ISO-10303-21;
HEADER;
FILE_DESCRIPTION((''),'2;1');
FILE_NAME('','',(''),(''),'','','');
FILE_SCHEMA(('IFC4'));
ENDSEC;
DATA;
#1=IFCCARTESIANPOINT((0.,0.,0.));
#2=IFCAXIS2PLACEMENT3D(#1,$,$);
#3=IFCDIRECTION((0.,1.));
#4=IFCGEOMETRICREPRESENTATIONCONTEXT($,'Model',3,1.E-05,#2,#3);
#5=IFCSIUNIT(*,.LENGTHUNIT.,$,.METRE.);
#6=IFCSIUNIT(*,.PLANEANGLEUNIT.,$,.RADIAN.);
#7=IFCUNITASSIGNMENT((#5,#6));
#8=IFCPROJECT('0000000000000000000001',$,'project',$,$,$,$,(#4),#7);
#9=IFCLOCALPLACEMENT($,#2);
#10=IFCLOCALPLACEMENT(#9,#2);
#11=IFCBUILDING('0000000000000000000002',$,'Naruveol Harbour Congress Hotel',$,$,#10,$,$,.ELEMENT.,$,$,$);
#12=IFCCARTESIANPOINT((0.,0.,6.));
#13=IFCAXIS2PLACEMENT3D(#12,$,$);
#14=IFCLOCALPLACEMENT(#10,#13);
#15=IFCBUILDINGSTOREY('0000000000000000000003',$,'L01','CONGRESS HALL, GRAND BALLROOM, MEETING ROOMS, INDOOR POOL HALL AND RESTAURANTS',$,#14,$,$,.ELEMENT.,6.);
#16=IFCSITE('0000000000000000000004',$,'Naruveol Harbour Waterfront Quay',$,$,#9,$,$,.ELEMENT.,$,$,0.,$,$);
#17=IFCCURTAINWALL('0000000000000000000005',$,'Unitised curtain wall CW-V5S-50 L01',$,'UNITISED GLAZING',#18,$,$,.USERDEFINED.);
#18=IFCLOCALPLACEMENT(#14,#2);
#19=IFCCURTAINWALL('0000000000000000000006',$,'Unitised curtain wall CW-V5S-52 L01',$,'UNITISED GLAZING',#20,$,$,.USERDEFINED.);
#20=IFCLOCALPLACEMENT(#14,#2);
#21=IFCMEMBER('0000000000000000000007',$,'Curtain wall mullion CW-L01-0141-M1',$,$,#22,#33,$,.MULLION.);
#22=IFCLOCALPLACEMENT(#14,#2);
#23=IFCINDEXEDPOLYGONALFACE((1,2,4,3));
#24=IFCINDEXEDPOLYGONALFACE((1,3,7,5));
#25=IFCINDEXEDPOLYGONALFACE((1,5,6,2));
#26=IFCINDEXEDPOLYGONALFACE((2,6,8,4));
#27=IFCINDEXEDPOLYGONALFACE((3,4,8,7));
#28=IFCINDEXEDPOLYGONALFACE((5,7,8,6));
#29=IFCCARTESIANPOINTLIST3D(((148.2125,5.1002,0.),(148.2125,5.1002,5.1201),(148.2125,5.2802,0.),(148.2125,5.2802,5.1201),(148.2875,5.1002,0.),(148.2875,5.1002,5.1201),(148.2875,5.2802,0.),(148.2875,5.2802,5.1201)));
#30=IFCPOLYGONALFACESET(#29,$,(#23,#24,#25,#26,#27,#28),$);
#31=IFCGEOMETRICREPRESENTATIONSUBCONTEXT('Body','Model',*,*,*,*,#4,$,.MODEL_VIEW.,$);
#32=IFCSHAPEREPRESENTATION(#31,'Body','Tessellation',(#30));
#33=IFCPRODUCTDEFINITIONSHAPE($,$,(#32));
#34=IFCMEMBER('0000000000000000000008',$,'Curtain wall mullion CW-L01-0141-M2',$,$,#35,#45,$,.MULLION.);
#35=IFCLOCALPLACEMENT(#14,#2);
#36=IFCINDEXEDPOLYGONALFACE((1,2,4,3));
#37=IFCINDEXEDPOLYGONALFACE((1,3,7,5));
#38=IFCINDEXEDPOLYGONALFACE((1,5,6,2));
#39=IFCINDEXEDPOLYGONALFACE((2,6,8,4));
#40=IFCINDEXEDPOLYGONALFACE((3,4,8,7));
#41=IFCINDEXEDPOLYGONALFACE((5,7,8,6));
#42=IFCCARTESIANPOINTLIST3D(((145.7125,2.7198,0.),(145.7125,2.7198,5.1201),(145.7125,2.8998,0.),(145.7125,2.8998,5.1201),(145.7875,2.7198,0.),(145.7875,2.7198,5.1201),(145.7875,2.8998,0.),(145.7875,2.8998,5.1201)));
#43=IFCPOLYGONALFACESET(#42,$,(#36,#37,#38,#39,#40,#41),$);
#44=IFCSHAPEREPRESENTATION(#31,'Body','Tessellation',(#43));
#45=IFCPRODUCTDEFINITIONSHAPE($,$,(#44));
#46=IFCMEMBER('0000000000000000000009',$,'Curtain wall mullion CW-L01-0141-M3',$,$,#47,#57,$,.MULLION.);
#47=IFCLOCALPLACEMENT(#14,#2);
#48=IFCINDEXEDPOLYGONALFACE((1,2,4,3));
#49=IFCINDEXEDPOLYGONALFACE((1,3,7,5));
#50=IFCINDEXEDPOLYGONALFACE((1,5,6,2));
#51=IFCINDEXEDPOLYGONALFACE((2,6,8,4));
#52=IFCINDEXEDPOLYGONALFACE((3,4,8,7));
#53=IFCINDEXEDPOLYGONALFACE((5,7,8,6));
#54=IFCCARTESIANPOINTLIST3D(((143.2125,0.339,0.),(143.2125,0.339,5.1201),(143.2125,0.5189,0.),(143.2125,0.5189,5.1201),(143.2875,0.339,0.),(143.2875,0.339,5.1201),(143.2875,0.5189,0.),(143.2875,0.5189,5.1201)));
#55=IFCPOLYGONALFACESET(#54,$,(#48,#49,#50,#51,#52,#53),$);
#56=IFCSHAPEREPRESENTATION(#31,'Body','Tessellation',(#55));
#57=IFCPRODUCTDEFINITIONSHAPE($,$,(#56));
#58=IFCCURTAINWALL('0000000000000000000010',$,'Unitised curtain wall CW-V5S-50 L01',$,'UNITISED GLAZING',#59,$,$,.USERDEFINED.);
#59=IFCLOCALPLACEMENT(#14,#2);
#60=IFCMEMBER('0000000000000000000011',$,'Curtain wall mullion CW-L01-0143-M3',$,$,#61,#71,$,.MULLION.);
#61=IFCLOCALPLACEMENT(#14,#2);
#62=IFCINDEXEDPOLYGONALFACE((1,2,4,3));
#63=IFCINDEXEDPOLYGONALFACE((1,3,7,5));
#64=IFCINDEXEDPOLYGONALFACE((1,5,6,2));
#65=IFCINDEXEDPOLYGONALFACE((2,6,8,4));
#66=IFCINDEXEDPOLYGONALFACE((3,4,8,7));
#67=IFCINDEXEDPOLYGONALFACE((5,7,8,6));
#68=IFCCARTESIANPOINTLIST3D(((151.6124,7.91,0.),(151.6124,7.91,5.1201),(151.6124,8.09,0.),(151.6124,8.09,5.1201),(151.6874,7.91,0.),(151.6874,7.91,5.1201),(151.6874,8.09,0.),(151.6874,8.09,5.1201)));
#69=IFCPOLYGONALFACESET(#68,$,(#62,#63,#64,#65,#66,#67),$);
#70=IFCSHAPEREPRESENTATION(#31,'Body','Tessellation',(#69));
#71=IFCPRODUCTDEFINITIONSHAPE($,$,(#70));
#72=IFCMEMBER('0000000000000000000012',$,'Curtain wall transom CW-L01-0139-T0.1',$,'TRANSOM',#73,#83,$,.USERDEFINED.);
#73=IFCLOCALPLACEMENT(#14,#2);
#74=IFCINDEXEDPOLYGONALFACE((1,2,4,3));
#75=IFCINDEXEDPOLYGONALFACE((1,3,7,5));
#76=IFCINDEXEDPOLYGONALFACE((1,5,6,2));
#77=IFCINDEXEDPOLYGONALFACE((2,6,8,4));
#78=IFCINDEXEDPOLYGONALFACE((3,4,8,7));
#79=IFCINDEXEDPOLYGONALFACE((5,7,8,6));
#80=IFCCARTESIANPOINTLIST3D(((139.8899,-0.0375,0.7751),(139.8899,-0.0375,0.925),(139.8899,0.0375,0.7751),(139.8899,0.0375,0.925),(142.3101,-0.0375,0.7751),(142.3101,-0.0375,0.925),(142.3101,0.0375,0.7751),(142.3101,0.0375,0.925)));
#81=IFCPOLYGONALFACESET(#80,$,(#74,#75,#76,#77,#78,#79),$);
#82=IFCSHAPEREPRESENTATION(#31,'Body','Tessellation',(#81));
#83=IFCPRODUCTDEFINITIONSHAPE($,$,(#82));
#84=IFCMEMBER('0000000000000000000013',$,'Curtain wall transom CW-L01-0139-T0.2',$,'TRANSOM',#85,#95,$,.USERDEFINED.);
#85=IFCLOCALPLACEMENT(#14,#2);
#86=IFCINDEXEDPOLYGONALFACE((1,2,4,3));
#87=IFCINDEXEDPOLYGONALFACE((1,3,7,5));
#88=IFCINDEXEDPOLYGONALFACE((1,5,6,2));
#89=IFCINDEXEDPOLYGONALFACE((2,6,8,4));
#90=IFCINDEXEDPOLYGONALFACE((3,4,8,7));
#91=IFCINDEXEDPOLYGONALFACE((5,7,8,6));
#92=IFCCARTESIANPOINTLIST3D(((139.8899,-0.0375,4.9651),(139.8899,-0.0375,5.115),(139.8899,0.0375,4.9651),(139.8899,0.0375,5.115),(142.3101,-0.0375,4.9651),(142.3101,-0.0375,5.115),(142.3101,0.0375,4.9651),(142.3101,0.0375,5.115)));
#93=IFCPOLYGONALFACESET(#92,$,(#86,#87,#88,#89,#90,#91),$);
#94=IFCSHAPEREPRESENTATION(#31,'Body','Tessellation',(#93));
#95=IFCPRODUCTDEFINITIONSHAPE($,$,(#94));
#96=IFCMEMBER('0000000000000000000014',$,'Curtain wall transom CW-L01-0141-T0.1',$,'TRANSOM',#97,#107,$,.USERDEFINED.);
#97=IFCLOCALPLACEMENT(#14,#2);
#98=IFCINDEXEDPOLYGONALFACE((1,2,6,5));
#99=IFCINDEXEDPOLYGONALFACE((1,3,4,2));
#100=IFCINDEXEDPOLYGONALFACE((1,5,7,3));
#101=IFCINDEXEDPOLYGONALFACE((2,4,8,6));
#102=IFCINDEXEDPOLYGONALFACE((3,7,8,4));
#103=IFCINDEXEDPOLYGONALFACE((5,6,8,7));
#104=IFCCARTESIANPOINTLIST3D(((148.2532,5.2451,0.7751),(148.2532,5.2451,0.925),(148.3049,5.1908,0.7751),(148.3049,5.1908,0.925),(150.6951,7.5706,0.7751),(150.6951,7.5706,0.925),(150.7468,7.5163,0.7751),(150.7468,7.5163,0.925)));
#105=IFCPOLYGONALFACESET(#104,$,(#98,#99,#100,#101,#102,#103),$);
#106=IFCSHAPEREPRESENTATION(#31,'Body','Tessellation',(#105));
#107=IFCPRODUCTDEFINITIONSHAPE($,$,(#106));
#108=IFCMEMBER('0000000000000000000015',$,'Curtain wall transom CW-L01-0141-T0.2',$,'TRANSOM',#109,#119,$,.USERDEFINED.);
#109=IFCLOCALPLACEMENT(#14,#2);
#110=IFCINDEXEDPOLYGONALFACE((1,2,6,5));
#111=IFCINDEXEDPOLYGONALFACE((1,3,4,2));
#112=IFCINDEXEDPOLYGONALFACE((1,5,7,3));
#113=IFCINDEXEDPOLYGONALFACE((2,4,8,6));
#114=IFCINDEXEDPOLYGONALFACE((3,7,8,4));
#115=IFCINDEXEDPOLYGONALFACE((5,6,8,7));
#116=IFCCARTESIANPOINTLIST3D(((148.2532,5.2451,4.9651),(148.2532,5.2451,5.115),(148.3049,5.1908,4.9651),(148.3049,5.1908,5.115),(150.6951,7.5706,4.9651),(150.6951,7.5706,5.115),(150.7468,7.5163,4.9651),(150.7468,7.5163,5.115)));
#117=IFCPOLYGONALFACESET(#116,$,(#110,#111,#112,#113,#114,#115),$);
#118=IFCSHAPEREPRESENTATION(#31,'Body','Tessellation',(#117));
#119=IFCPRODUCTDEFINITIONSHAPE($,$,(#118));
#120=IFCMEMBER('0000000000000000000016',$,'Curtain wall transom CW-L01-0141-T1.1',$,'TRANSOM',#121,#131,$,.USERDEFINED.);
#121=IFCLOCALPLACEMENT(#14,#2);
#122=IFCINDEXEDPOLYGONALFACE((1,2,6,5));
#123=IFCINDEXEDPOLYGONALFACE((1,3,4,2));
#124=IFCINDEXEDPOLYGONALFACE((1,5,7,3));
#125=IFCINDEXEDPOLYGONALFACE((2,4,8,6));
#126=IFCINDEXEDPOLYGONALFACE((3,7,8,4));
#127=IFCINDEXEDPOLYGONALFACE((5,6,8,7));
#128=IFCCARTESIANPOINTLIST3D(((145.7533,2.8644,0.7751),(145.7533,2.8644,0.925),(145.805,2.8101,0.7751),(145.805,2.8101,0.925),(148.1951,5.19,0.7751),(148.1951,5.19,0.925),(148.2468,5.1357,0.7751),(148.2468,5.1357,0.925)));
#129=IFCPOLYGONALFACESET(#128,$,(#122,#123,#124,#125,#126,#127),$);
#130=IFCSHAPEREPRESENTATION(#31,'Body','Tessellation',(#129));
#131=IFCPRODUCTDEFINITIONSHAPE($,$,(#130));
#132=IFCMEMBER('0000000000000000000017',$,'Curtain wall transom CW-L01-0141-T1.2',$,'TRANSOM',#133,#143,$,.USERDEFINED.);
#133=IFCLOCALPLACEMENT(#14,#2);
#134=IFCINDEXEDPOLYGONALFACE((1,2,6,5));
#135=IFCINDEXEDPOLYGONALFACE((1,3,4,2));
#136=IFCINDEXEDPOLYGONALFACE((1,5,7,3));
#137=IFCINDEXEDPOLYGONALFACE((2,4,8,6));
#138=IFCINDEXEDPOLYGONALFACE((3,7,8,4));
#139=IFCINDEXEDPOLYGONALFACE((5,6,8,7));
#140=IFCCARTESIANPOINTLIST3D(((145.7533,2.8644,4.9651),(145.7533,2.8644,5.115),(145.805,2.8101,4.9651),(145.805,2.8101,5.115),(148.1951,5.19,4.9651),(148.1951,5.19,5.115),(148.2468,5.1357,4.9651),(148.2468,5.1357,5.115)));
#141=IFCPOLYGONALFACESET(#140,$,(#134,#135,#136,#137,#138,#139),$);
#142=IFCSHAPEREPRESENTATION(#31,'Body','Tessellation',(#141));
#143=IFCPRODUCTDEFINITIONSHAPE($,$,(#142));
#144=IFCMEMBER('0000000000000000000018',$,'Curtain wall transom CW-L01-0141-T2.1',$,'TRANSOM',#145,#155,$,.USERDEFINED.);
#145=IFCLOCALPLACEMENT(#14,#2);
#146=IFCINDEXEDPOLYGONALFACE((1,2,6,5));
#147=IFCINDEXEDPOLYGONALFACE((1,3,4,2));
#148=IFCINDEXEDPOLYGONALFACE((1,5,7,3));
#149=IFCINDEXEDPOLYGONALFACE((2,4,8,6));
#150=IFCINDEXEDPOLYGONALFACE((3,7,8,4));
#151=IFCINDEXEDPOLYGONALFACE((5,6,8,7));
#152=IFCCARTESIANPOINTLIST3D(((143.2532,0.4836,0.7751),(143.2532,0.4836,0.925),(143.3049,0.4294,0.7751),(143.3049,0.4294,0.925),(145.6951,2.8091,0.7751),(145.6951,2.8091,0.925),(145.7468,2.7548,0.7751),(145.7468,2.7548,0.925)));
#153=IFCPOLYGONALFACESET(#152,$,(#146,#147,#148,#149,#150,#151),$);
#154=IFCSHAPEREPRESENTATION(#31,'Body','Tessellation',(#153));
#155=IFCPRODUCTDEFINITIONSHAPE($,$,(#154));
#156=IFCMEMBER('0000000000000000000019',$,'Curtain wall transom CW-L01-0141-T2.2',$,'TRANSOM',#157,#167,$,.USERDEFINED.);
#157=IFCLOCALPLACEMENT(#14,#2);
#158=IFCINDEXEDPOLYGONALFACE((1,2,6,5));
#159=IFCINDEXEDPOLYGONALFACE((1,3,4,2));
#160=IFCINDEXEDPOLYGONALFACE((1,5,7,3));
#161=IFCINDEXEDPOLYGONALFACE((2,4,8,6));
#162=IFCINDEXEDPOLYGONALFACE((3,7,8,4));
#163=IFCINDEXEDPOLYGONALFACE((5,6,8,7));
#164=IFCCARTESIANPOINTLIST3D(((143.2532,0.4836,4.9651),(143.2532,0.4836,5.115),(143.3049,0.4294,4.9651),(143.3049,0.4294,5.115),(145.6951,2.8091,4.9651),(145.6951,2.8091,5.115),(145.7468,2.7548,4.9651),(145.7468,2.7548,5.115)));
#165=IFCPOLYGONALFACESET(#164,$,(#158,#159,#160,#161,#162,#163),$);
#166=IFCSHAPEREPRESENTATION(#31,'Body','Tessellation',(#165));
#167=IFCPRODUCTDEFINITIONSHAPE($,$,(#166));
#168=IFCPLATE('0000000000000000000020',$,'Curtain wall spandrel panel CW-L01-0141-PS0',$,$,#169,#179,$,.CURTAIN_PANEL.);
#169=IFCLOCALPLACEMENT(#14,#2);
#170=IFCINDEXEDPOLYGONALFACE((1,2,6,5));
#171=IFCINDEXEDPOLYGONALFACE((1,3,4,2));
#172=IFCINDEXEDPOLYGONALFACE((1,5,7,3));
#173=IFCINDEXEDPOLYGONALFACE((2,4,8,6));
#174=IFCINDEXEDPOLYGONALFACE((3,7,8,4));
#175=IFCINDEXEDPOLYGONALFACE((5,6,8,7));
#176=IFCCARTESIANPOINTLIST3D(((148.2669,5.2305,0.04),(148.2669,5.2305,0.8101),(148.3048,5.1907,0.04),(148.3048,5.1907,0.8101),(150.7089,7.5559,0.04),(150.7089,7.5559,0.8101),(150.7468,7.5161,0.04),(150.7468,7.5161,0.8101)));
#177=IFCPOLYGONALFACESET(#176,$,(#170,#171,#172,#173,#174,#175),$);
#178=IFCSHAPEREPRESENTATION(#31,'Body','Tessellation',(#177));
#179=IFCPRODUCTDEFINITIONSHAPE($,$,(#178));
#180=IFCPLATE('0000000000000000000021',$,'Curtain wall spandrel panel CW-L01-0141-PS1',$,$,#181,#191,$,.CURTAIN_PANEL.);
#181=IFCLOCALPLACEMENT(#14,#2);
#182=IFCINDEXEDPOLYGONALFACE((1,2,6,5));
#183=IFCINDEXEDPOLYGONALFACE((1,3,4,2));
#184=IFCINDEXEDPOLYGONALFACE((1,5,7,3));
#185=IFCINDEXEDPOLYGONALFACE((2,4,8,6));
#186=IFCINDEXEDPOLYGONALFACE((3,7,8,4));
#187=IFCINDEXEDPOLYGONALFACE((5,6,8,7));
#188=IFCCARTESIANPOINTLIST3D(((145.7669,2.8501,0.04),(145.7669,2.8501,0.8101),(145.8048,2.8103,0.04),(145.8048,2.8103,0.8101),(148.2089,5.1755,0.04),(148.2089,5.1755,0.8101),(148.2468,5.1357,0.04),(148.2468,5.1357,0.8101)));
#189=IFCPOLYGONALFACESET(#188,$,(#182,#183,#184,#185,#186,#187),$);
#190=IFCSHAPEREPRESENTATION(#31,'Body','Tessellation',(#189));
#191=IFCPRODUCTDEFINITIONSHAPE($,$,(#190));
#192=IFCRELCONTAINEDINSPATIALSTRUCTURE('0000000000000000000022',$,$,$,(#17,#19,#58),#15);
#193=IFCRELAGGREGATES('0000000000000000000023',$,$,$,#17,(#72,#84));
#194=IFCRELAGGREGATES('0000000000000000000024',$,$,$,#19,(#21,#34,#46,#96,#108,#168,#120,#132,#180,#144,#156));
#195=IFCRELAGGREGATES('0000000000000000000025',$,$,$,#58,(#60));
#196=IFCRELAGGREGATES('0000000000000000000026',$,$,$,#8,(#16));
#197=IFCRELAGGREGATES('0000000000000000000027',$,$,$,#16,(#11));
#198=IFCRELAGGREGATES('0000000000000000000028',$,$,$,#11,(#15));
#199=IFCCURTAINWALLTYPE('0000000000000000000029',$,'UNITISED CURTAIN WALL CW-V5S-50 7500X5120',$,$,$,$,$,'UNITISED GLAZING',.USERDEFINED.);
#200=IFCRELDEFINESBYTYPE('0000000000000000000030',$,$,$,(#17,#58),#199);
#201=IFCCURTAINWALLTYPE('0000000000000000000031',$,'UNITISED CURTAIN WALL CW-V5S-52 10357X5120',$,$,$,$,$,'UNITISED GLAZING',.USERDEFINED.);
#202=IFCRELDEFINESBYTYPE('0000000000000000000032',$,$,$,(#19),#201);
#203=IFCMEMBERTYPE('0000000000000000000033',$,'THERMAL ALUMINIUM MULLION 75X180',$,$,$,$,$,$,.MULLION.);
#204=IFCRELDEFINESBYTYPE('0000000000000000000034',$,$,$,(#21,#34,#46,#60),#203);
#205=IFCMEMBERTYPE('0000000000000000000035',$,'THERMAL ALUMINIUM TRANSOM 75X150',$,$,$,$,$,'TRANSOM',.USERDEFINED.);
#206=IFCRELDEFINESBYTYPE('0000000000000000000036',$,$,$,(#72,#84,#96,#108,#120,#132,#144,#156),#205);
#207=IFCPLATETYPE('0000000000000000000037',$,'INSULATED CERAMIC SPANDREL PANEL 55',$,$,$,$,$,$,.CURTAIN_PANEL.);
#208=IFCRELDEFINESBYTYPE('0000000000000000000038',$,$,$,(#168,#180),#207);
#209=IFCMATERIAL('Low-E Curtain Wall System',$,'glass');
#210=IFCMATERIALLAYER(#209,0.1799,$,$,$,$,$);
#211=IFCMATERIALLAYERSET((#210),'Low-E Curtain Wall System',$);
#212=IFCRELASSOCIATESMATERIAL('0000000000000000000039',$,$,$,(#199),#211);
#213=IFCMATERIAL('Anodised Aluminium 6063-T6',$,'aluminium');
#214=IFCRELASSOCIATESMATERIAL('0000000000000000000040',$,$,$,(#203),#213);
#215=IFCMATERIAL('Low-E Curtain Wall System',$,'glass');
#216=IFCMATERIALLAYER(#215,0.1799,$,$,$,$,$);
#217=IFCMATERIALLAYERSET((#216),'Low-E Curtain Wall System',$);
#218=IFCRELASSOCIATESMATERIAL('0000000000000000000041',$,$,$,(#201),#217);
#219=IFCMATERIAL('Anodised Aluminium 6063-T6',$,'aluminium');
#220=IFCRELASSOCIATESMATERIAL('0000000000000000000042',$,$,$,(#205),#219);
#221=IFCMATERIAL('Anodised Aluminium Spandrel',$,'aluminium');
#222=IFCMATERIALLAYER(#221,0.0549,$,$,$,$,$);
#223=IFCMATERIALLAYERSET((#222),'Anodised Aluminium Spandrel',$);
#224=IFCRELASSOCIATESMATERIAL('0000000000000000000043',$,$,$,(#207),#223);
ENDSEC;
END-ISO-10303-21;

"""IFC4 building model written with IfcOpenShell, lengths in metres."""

from ifc_helpers import new_model, si_unit, direction, frame, origin, origin_2d, place, context, subcontext, project, spatial, rectangle, extrude, material, layer, layer_set, material_profile, profile_set, type_object, element, aggregate, save


model = new_model("IFC4")

# Units and contexts
model_context = context("Model", 3, precision=1e-05, world=origin(), true_north=direction((0.0, 1.0)))
body_context = subcontext(model_context, "Body", "Model", "MODEL_VIEW")
ifc_project = project(units=[si_unit("LENGTHUNIT", "METRE"), si_unit("PLANEANGLEUNIT", "RADIAN")], contexts=[model_context])

# Site, building, storey
site_placement = place(None, origin())
site = spatial("IfcSite", under=ifc_project, at=site_placement, Name="Naruveol Harbour Waterfront Quay", CompositionType="ELEMENT", RefElevation=0.0)
building_placement = place(site_placement, origin())
building = spatial("IfcBuilding", under=site, at=building_placement, Name="Naruveol Harbour Congress Hotel", CompositionType="ELEMENT")
storey_placement = place(building_placement, frame((0.0, 0.0, 6.0)))
storey = spatial("IfcBuildingStorey", under=building, at=storey_placement, Name="L01", Description="CONGRESS HALL, GRAND BALLROOM, MEETING ROOMS, INDOOR POOL HALL AND RESTAURANTS", CompositionType="ELEMENT", Elevation=6.0)

# Curtain wall
ifc_material_1 = material(Name="Low-E Curtain Wall System", Category="glass")
ifc_layer_1 = layer(ifc_material_1, 0.1799)
ifc_layer_set_1 = layer_set([ifc_layer_1], Name="Low-E Curtain Wall System")
curtain_wall_type_1 = type_object("IfcCurtainWallType", Name="UNITISED CURTAIN WALL CW-V5S-50 7500X5120", ElementType="UNITISED GLAZING", PredefinedType="USERDEFINED", material=ifc_layer_set_1)
curtain_wall_1_placement = place(storey_placement, origin())
curtain_wall_1 = element("IfcCurtainWall", 1, at=curtain_wall_1_placement, inside=storey, type_object=curtain_wall_type_1, Name="Unitised curtain wall CW-V5S-50 L01", ObjectType="UNITISED GLAZING", PredefinedType="USERDEFINED")
ifc_material_2 = material(Name="Anodised Aluminium 6063-T6", Category="aluminium")
ifc_material_profile_1 = material_profile(ifc_material_2, rectangle(XDim=0.075, YDim=0.1799, at=origin_2d()), Name="ALU-75x180")
ifc_profile_set_1 = profile_set([ifc_material_profile_1], Name="Anodised Aluminium 6063-T6")
member_type_1 = type_object("IfcMemberType", Name="THERMAL ALUMINIUM MULLION 75X180", PredefinedType="MULLION", material=ifc_profile_set_1)

# Curtain wall, members
ifc_material_3 = material(Name="Low-E Curtain Wall System", Category="glass")
ifc_layer_2 = layer(ifc_material_3, 0.1799)
ifc_layer_set_2 = layer_set([ifc_layer_2], Name="Low-E Curtain Wall System")
curtain_wall_type_2 = type_object("IfcCurtainWallType", Name="UNITISED CURTAIN WALL CW-V5S-52 10357X5120", ElementType="UNITISED GLAZING", PredefinedType="USERDEFINED", material=ifc_layer_set_2)
curtain_wall_2_placement = place(storey_placement, origin())
curtain_wall_2 = element("IfcCurtainWall", 2, at=curtain_wall_2_placement, inside=storey, type_object=curtain_wall_type_2, Name="Unitised curtain wall CW-V5S-52 L01", ObjectType="UNITISED GLAZING", PredefinedType="USERDEFINED")
member_1_placement = place(storey_placement, frame((148.25, 5.1902, 0.0), z_axis=(0.0, 0.0, 1.0), x_axis=(1.0, 0.0, 0.0)))
member_1 = element("IfcMember", 3, at=member_1_placement, type_object=member_type_1, Name="Curtain wall mullion CW-L01-0141-M1", PredefinedType="MULLION", context=body_context, shape_type="SweptSolid", body=[
    extrude(rectangle(XDim=0.075, YDim=0.1799, at=origin_2d()), origin(), (0.0, 0.0, 1.0), 5.1201),
])
member_2_placement = place(storey_placement, frame((145.75, 2.8098, 0.0), z_axis=(0.0, 0.0, 1.0), x_axis=(1.0, 0.0, 0.0)))
member_2 = element("IfcMember", 4, at=member_2_placement, type_object=member_type_1, Name="Curtain wall mullion CW-L01-0141-M2", PredefinedType="MULLION", context=body_context, shape_type="SweptSolid", body=[
    extrude(rectangle(XDim=0.075, YDim=0.1799, at=origin_2d()), origin(), (0.0, 0.0, 1.0), 5.1201),
])
member_3_placement = place(storey_placement, frame((143.25, 0.429, 0.0), z_axis=(0.0, 0.0, 1.0), x_axis=(1.0, 0.0, 0.0)))
member_3 = element("IfcMember", 5, at=member_3_placement, type_object=member_type_1, Name="Curtain wall mullion CW-L01-0141-M3", PredefinedType="MULLION", context=body_context, shape_type="SweptSolid", body=[
    extrude(rectangle(XDim=0.075, YDim=0.1799, at=origin_2d()), origin(), (0.0, 0.0, 1.0), 5.1201),
])

# Curtain wall, member
curtain_wall_3_placement = place(storey_placement, origin())
curtain_wall_3 = element("IfcCurtainWall", 6, at=curtain_wall_3_placement, inside=storey, type_object=curtain_wall_type_1, Name="Unitised curtain wall CW-V5S-50 L01", ObjectType="UNITISED GLAZING", PredefinedType="USERDEFINED")
member_4_placement = place(storey_placement, frame((151.6499, 8.0, 0.0), z_axis=(0.0, 0.0, 1.0), x_axis=(1.0, 0.0, 0.0)))
member_4 = element("IfcMember", 7, at=member_4_placement, type_object=member_type_1, Name="Curtain wall mullion CW-L01-0143-M3", PredefinedType="MULLION", context=body_context, shape_type="SweptSolid", body=[
    extrude(rectangle(XDim=0.075, YDim=0.1799, at=origin_2d()), origin(), (0.0, 0.0, 1.0), 5.1201),
])

# Members
ifc_material_4 = material(Name="Anodised Aluminium 6063-T6", Category="aluminium")
ifc_material_profile_2 = material_profile(ifc_material_4, rectangle(XDim=0.075, YDim=0.1499, at=origin_2d()), Name="ALU-75x150")
ifc_profile_set_2 = profile_set([ifc_material_profile_2], Name="Anodised Aluminium 6063-T6")
member_type_2 = type_object("IfcMemberType", Name="THERMAL ALUMINIUM TRANSOM 75X150", ElementType="TRANSOM", PredefinedType="USERDEFINED", material=ifc_profile_set_2)
member_5_placement = place(storey_placement, frame((142.3101, 0.0, 0.8501), z_axis=(-1.0, 0.0, 0.0), x_axis=(0.0, -1.0, 0.0)))
member_5 = element("IfcMember", 8, at=member_5_placement, type_object=member_type_2, Name="Curtain wall transom CW-L01-0139-T0.1", ObjectType="TRANSOM", PredefinedType="USERDEFINED", context=body_context, shape_type="SweptSolid", body=[
    extrude(rectangle(XDim=0.075, YDim=0.1499, at=origin_2d()), origin(), (0.0, 0.0, 1.0), 2.4202),
])
member_6_placement = place(storey_placement, frame((142.3101, 0.0, 5.04), z_axis=(-1.0, 0.0, 0.0), x_axis=(0.0, -1.0, 0.0)))
member_6 = element("IfcMember", 9, at=member_6_placement, type_object=member_type_2, Name="Curtain wall transom CW-L01-0139-T0.2", ObjectType="TRANSOM", PredefinedType="USERDEFINED", context=body_context, shape_type="SweptSolid", body=[
    extrude(rectangle(XDim=0.075, YDim=0.1499, at=origin_2d()), origin(), (0.0, 0.0, 1.0), 2.4202),
])
member_7_placement = place(storey_placement, frame((150.7209, 7.5435, 0.8501), z_axis=(-0.724164, -0.689628, 0.0), x_axis=(0.689628, -0.724164, 0.0)))
member_7 = element("IfcMember", 10, at=member_7_placement, type_object=member_type_2, Name="Curtain wall transom CW-L01-0141-T0.1", ObjectType="TRANSOM", PredefinedType="USERDEFINED", context=body_context, shape_type="SweptSolid", body=[
    extrude(rectangle(XDim=0.075, YDim=0.1499, at=origin_2d()), origin(), (0.0, 0.0, 1.0), 3.3721),
])
member_8_placement = place(storey_placement, frame((150.7209, 7.5435, 5.04), z_axis=(-0.724164, -0.689628, 0.0), x_axis=(0.689628, -0.724164, 0.0)))
member_8 = element("IfcMember", 11, at=member_8_placement, type_object=member_type_2, Name="Curtain wall transom CW-L01-0141-T0.2", ObjectType="TRANSOM", PredefinedType="USERDEFINED", context=body_context, shape_type="SweptSolid", body=[
    extrude(rectangle(XDim=0.075, YDim=0.1499, at=origin_2d()), origin(), (0.0, 0.0, 1.0), 3.3721),
])
member_9_placement = place(storey_placement, frame((148.2209, 5.1628, 0.8501), z_axis=(-0.724128, -0.689666, 0.0), x_axis=(0.689666, -0.724128, 0.0)))
member_9 = element("IfcMember", 12, at=member_9_placement, type_object=member_type_2, Name="Curtain wall transom CW-L01-0141-T1.1", ObjectType="TRANSOM", PredefinedType="USERDEFINED", context=body_context, shape_type="SweptSolid", body=[
    extrude(rectangle(XDim=0.075, YDim=0.1499, at=origin_2d()), origin(), (0.0, 0.0, 1.0), 3.3721),
])
member_10_placement = place(storey_placement, frame((148.2209, 5.1628, 5.04), z_axis=(-0.724128, -0.689666, 0.0), x_axis=(0.689666, -0.724128, 0.0)))
member_10 = element("IfcMember", 13, at=member_10_placement, type_object=member_type_2, Name="Curtain wall transom CW-L01-0141-T1.2", ObjectType="TRANSOM", PredefinedType="USERDEFINED", context=body_context, shape_type="SweptSolid", body=[
    extrude(rectangle(XDim=0.075, YDim=0.1499, at=origin_2d()), origin(), (0.0, 0.0, 1.0), 3.3721),
])
member_11_placement = place(storey_placement, frame((145.7209, 2.782, 0.8501), z_axis=(-0.724164, -0.689628, 0.0), x_axis=(0.689628, -0.724164, 0.0)))
member_11 = element("IfcMember", 14, at=member_11_placement, type_object=member_type_2, Name="Curtain wall transom CW-L01-0141-T2.1", ObjectType="TRANSOM", PredefinedType="USERDEFINED", context=body_context, shape_type="SweptSolid", body=[
    extrude(rectangle(XDim=0.075, YDim=0.1499, at=origin_2d()), origin(), (0.0, 0.0, 1.0), 3.3721),
])
member_12_placement = place(storey_placement, frame((145.7209, 2.782, 5.04), z_axis=(-0.724164, -0.689628, 0.0), x_axis=(0.689628, -0.724164, 0.0)))
member_12 = element("IfcMember", 15, at=member_12_placement, type_object=member_type_2, Name="Curtain wall transom CW-L01-0141-T2.2", ObjectType="TRANSOM", PredefinedType="USERDEFINED", context=body_context, shape_type="SweptSolid", body=[
    extrude(rectangle(XDim=0.075, YDim=0.1499, at=origin_2d()), origin(), (0.0, 0.0, 1.0), 3.3721),
])

# Plates
ifc_material_5 = material(Name="Anodised Aluminium Spandrel", Category="aluminium")
ifc_layer_3 = layer(ifc_material_5, 0.0549)
ifc_layer_set_3 = layer_set([ifc_layer_3], Name="Anodised Aluminium Spandrel")
plate_type_1 = type_object("IfcPlateType", Name="INSULATED CERAMIC SPANDREL PANEL 55", PredefinedType="CURTAIN_PANEL", material=ifc_layer_set_3)
plate_1_placement = place(storey_placement, frame((149.5068, 6.3733, 0.04), z_axis=(0.0, 0.0, 1.0), x_axis=(-0.724184, -0.689607, 0.0)))
plate_1 = element("IfcPlate", 16, at=plate_1_placement, type_object=plate_type_1, Name="Curtain wall spandrel panel CW-L01-0141-PS0", PredefinedType="CURTAIN_PANEL", context=body_context, shape_type="SweptSolid", body=[
    extrude(rectangle(XDim=3.3721, YDim=0.0549, at=origin_2d()), origin(), (0.0, 0.0, 1.0), 0.77),
])
plate_2_placement = place(storey_placement, frame((147.0068, 3.9929, 0.04), z_axis=(0.0, 0.0, 1.0), x_axis=(-0.724184, -0.689607, 0.0)))
plate_2 = element("IfcPlate", 17, at=plate_2_placement, type_object=plate_type_1, Name="Curtain wall spandrel panel CW-L01-0141-PS1", PredefinedType="CURTAIN_PANEL", context=body_context, shape_type="SweptSolid", body=[
    extrude(rectangle(XDim=3.3721, YDim=0.0549, at=origin_2d()), origin(), (0.0, 0.0, 1.0), 0.77),
])
aggregate(curtain_wall_1, [member_5, member_6])
aggregate(curtain_wall_2, [member_1, member_2, member_3, member_7, member_8, plate_1, member_9, member_10, plate_2, member_11, member_12])
aggregate(curtain_wall_3, [member_4])

save(model, "model.ifc")
